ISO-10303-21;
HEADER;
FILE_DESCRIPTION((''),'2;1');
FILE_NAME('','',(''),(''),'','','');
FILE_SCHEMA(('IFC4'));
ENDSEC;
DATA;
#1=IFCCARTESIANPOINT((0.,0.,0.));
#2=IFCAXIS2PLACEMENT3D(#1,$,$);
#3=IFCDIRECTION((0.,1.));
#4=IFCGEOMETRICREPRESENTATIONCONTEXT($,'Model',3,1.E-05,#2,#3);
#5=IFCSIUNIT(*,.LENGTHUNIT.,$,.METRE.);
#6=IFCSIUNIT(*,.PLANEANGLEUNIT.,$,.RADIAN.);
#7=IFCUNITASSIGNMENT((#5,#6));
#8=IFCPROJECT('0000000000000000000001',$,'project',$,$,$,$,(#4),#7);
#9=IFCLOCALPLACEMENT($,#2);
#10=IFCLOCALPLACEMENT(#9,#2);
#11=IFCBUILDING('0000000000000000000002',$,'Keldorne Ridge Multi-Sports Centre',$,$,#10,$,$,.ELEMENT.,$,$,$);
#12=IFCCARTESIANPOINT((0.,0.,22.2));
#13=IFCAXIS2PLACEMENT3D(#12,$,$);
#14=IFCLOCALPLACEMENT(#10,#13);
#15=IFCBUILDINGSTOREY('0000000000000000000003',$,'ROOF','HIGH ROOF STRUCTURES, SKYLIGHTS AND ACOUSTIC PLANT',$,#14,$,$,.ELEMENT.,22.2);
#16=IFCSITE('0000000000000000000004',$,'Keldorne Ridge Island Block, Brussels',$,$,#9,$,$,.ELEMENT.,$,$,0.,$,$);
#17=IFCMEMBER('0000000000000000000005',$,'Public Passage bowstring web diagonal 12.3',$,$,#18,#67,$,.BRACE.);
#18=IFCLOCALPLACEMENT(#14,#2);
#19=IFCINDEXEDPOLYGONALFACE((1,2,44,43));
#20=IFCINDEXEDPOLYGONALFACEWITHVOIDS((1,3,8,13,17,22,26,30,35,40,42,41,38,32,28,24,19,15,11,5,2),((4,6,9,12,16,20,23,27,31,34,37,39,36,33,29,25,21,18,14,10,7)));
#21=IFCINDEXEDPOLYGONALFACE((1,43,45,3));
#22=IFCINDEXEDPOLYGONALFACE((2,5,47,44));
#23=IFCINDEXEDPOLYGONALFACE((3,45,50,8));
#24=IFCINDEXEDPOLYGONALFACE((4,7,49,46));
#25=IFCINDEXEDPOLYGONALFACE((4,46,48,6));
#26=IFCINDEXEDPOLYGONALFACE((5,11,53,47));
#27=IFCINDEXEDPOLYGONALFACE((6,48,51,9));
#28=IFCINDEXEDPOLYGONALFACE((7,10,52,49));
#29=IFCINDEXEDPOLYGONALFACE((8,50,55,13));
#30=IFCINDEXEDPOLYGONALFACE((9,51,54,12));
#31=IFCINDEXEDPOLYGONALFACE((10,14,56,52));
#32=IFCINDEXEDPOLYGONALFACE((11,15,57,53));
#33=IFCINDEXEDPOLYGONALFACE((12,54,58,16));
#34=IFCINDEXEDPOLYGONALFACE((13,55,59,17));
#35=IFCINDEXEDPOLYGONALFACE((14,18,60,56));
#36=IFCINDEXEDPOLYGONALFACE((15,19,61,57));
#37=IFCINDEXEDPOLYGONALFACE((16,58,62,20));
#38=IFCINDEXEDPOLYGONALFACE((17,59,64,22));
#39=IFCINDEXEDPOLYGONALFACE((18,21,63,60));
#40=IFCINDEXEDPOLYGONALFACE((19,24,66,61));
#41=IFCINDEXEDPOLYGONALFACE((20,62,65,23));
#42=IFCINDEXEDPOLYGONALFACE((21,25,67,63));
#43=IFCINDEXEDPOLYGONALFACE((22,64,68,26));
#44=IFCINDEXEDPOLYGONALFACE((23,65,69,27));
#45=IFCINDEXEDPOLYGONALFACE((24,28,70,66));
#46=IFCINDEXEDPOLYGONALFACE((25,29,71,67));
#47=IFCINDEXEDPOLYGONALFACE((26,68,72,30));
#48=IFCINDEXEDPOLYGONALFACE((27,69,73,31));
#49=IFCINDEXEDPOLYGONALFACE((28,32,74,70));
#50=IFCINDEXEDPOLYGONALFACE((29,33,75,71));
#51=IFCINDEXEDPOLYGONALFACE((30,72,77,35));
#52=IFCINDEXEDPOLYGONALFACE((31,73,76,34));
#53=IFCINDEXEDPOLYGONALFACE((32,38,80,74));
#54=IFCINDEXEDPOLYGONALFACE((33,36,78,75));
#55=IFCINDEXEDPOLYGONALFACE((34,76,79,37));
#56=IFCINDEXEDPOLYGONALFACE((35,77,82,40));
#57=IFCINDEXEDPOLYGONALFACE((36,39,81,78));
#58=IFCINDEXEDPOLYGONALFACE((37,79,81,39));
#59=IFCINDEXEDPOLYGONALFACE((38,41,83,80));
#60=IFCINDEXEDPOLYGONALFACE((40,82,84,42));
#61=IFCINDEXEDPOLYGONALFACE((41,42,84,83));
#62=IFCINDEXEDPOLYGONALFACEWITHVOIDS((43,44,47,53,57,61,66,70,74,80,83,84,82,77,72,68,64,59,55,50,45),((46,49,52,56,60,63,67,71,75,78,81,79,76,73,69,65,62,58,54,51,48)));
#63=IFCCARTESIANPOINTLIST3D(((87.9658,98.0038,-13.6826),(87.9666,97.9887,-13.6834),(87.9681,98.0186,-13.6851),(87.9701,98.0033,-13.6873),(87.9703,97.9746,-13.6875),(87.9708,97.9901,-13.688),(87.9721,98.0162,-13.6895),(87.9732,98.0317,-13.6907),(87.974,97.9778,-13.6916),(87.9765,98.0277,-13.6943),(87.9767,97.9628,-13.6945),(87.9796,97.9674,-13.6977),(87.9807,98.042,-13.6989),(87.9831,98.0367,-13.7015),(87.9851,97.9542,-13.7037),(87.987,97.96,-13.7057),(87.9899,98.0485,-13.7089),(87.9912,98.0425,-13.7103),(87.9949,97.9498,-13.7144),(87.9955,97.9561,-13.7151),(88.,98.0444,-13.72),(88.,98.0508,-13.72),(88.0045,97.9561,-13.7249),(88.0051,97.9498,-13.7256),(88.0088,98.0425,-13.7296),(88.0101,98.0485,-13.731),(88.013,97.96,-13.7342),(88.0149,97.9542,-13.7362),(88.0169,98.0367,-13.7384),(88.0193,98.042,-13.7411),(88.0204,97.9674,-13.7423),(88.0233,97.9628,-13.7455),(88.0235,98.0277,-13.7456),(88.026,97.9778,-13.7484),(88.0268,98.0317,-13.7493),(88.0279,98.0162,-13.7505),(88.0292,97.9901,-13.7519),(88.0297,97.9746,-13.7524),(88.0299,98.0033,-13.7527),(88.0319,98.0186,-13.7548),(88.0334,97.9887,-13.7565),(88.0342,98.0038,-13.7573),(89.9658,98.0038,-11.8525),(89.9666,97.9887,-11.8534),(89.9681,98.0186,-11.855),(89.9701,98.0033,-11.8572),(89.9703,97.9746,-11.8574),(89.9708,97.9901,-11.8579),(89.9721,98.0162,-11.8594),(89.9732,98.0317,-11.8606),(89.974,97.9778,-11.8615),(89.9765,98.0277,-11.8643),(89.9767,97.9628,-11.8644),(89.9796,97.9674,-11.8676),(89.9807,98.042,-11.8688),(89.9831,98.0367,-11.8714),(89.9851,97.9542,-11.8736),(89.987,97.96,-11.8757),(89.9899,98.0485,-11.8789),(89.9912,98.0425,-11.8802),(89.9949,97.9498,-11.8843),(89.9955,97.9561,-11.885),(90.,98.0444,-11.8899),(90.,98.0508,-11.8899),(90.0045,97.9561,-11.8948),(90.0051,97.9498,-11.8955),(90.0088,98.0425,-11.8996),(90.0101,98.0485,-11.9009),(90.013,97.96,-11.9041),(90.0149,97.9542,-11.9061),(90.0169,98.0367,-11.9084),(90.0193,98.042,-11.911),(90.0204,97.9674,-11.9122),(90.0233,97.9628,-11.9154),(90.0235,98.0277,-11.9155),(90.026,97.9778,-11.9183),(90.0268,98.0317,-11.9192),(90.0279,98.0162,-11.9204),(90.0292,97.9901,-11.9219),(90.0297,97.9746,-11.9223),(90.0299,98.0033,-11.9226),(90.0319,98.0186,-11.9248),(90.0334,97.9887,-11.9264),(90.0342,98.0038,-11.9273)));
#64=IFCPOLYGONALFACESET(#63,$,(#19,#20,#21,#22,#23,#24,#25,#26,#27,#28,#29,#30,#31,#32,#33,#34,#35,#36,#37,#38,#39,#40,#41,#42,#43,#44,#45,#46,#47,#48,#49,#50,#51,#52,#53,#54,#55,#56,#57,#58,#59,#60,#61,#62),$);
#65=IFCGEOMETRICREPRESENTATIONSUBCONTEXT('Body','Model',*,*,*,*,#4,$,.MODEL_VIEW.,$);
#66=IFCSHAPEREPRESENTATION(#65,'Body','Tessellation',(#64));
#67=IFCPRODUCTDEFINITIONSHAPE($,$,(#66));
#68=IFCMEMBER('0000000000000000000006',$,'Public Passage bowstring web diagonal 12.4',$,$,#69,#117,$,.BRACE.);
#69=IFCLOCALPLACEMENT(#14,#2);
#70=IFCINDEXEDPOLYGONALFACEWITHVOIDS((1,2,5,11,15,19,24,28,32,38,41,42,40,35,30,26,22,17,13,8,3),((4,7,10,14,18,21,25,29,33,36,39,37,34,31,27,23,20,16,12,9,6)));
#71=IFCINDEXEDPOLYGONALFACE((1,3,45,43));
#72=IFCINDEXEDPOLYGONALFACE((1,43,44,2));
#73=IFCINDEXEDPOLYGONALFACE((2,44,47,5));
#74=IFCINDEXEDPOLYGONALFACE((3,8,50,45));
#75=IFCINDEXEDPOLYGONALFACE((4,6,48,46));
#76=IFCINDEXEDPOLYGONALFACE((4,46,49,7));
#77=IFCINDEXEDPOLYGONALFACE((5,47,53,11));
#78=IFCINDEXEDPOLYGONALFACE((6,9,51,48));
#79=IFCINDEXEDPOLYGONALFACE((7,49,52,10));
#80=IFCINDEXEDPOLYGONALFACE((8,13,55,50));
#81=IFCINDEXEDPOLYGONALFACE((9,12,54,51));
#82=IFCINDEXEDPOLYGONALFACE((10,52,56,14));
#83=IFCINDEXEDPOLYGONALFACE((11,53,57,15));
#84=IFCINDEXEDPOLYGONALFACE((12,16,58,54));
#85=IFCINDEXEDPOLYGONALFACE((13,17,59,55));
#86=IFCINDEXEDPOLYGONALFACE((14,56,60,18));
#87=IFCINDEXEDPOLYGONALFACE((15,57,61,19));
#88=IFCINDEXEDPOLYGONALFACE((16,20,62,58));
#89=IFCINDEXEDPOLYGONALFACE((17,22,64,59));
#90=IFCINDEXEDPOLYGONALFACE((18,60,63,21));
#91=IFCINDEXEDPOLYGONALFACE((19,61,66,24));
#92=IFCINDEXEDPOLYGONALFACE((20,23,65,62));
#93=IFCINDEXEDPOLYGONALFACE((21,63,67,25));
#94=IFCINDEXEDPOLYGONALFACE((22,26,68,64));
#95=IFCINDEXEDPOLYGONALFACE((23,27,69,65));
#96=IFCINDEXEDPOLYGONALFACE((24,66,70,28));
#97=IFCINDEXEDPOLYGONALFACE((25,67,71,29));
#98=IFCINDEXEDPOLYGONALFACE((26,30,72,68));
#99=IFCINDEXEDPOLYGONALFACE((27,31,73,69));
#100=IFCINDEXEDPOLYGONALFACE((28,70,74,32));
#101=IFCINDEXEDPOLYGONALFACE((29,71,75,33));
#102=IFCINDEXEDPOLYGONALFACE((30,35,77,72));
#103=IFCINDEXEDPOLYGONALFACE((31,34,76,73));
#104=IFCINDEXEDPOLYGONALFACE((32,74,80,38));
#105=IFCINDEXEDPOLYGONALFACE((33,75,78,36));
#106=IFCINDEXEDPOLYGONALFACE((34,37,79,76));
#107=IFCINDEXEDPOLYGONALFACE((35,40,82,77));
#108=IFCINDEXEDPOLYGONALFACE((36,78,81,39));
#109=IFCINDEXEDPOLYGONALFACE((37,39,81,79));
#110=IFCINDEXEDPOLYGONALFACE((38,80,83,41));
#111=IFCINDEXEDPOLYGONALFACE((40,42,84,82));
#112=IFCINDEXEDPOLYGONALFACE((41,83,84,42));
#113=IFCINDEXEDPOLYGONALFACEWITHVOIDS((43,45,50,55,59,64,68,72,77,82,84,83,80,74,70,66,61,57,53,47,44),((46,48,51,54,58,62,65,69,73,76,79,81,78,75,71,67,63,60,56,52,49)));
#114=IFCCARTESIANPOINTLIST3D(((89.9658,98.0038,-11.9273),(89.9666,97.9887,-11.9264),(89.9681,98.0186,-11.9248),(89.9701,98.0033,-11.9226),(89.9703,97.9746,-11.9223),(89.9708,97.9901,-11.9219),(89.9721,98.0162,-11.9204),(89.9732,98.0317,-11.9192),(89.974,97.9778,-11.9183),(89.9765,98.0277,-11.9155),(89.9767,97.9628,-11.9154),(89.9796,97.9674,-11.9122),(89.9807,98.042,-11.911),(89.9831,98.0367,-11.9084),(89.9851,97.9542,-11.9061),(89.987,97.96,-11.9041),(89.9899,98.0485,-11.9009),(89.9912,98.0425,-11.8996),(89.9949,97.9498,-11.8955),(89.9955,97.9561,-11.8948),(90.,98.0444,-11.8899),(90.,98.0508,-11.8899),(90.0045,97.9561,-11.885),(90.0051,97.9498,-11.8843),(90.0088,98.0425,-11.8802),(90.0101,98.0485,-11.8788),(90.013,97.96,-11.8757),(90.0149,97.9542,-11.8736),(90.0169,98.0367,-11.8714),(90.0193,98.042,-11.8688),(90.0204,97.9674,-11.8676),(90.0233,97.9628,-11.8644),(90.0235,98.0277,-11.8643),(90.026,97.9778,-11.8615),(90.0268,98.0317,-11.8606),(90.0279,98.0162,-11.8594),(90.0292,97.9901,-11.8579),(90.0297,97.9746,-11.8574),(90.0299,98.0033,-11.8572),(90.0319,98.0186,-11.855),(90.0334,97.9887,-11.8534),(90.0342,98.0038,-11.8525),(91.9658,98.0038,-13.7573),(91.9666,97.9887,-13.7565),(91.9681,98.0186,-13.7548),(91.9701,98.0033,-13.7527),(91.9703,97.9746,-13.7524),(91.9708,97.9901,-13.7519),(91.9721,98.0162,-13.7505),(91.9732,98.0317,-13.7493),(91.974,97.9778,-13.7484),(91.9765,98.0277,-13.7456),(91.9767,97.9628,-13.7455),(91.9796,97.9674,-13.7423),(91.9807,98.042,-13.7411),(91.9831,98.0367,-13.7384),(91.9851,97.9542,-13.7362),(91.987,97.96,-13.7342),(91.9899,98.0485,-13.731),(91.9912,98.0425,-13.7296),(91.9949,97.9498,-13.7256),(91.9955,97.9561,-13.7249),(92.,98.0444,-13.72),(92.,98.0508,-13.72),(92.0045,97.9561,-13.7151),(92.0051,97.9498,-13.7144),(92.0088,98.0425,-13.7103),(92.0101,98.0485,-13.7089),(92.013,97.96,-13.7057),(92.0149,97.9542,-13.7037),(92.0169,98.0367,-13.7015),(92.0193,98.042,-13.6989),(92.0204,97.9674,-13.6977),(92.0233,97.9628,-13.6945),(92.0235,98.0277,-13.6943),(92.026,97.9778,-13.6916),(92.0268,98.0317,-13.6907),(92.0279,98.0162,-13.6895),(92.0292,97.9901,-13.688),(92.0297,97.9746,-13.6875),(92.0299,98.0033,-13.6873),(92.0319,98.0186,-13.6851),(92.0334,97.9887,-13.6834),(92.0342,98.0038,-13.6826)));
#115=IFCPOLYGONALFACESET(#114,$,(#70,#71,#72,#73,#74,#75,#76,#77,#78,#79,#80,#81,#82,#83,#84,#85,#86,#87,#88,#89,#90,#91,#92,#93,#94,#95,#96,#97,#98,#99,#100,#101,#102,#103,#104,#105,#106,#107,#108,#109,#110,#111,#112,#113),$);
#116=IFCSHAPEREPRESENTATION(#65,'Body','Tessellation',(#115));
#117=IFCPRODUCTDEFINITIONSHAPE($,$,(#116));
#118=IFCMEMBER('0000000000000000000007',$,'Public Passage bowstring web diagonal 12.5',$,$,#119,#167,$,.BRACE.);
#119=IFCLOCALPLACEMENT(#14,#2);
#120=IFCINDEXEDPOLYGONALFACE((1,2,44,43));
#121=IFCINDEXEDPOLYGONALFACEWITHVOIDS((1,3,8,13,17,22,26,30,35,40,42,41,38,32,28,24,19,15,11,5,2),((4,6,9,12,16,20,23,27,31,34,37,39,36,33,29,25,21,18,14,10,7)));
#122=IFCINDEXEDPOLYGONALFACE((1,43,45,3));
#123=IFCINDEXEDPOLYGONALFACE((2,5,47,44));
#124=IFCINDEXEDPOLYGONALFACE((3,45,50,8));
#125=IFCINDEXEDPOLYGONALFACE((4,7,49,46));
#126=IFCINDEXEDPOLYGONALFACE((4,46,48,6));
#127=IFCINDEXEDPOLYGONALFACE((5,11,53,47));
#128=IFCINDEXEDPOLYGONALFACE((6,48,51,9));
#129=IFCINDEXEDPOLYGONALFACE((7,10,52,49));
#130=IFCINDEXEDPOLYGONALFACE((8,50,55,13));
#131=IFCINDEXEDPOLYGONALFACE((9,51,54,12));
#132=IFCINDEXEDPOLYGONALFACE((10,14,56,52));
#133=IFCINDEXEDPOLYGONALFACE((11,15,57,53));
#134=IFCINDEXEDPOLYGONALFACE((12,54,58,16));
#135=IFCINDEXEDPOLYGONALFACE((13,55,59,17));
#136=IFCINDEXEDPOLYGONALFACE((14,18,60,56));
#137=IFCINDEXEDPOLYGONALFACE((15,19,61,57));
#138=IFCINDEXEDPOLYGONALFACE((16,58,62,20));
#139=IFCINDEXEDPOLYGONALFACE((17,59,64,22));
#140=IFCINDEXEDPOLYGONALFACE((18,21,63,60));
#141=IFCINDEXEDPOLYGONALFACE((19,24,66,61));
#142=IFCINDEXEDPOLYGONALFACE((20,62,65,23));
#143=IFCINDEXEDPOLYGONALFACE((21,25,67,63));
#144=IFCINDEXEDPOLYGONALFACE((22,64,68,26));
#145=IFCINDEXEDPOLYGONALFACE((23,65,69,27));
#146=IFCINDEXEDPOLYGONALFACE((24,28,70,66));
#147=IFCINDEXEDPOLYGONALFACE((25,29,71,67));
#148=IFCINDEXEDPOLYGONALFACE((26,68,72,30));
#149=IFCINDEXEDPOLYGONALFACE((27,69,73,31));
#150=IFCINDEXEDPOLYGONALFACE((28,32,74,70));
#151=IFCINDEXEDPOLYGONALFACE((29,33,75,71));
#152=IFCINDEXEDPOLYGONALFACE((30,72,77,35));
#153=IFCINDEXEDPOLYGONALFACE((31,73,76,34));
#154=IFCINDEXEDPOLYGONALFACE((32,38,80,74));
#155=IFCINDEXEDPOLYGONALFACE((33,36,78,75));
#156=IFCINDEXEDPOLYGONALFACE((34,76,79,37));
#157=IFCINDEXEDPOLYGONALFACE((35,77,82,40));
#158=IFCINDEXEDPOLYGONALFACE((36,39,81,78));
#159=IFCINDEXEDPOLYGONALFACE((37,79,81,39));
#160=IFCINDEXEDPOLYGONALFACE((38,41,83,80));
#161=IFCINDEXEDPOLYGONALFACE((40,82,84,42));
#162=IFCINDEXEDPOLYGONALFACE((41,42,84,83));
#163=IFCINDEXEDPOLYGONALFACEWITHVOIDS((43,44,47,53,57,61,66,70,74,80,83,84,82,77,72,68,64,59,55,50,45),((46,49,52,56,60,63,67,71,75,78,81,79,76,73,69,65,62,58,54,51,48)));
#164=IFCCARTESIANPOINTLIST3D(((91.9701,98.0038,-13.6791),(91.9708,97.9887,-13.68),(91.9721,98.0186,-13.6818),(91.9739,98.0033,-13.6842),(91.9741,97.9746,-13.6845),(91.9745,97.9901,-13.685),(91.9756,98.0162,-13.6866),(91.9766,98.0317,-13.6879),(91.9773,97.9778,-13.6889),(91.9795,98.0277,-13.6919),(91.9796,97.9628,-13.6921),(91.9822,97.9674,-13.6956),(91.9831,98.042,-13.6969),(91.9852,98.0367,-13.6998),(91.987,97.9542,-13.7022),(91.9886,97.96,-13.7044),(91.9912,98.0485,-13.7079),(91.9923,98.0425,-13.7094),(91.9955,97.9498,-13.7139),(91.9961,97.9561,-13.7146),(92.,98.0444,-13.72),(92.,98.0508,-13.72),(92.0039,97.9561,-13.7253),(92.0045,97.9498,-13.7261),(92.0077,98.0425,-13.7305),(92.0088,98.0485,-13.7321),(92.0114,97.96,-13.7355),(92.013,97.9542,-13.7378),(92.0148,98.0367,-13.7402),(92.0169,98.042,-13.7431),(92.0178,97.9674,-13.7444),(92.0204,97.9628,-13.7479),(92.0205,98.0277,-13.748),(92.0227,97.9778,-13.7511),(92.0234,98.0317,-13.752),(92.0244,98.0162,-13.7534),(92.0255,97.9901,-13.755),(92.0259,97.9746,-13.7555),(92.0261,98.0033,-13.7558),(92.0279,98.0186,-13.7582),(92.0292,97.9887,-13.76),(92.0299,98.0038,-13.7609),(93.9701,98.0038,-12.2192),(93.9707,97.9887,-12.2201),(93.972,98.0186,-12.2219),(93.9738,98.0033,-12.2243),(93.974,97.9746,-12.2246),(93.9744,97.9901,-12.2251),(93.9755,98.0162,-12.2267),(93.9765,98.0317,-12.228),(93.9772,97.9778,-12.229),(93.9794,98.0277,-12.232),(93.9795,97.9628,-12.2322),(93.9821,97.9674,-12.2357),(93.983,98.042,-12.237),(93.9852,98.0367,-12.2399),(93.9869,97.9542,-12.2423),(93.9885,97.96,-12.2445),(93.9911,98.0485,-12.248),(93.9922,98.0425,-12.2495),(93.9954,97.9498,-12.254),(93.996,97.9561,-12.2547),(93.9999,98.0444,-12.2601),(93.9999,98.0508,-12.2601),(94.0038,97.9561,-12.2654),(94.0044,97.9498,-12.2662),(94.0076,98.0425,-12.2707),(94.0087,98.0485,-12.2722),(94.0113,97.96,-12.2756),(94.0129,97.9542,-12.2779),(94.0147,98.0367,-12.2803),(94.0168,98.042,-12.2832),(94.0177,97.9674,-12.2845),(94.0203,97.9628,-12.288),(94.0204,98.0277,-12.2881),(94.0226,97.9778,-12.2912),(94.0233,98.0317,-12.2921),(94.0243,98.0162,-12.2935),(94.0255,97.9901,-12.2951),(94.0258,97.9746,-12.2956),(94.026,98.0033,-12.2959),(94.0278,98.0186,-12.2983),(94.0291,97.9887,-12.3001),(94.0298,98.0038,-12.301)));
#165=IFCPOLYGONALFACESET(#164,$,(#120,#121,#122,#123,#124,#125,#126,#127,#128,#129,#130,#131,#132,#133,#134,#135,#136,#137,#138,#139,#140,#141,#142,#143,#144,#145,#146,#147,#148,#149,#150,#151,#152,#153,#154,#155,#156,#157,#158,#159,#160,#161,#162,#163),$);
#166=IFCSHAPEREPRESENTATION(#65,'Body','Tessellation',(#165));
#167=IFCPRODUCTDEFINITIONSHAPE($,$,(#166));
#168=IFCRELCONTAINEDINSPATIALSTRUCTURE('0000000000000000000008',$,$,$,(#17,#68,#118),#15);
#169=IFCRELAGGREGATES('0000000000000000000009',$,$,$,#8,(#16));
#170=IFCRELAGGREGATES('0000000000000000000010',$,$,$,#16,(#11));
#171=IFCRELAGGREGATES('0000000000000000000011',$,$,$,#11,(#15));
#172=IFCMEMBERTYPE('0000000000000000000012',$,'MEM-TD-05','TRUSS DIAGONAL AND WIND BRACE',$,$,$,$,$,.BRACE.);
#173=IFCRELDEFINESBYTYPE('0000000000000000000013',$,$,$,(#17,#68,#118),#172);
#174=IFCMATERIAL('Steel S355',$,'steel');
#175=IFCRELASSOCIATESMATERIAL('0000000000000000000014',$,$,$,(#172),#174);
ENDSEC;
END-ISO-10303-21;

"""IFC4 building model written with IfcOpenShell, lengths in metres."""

from ifc_helpers import new_model, si_unit, direction, frame, origin, origin_2d, place, context, subcontext, project, spatial, hollow_circle, extrude, material, material_profile, profile_set, type_object, element, save


model = new_model("IFC4")

# Units and contexts
model_context = context("Model", 3, precision=1e-05, world=origin(), true_north=direction((0.0, 1.0)))
body_context = subcontext(model_context, "Body", "Model", "MODEL_VIEW")
ifc_project = project(units=[si_unit("LENGTHUNIT", "METRE"), si_unit("PLANEANGLEUNIT", "RADIAN")], contexts=[model_context])

# Site, building, storey
site_placement = place(None, origin())
site = spatial("IfcSite", under=ifc_project, at=site_placement, Name="Keldorne Ridge Island Block, Brussels", CompositionType="ELEMENT", RefElevation=0.0)
building_placement = place(site_placement, origin())
building = spatial("IfcBuilding", under=site, at=building_placement, Name="Keldorne Ridge Multi-Sports Centre", CompositionType="ELEMENT")
storey_placement = place(building_placement, frame((0.0, 0.0, 22.2)))
storey = spatial("IfcBuildingStorey", under=building, at=storey_placement, Name="ROOF", Description="HIGH ROOF STRUCTURES, SKYLIGHTS AND ACOUSTIC PLANT", CompositionType="ELEMENT", Elevation=22.2)

# Members
ifc_material = material(Name="Steel S355", Category="steel")
ifc_material_profile_1 = material_profile(ifc_material, hollow_circle(Radius=0.0508, WallThickness=0.0063, at=origin_2d()), Name="CHS 101.6x6.3")
ifc_profile_set_1 = profile_set([ifc_material_profile_1], Name="Steel S355")
member_type_1 = type_object("IfcMemberType", Name="MEM-TD-05", Description="TRUSS DIAGONAL AND WIND BRACE", PredefinedType="BRACE", material=ifc_profile_set_1)
for number, where, z_axis, x_axis, name in (
    (1, (88.0, 98.0, -13.72), (0.737752, 0.0, 0.675072), (0.0, 1.0, 0.0), "Public Passage bowstring web diagonal 12.3"),
    (2, (90.0, 98.0, -11.8899), (0.737752, 0.0, -0.675072), (0.0, 1.0, 0.0), "Public Passage bowstring web diagonal 12.4"),
):
    element("IfcMember", number, at=place(storey_placement, frame(where, z_axis=z_axis, x_axis=x_axis)), inside=storey, type_object=member_type_1, Name=name, PredefinedType="BRACE", context=body_context, shape_type="SweptSolid", body=[
        extrude(hollow_circle(Radius=0.0508, WallThickness=0.0063, at=origin_2d()), origin(), (0.0, 0.0, 1.0), 2.7109),
    ])
for number, where, z_axis, x_axis, name in (
    (3, (92.0, 98.0, -13.72), (0.807695, 0.0, 0.589601), (0.0, 1.0, 0.0), "Public Passage bowstring web diagonal 12.5"),
):
    element("IfcMember", number, at=place(storey_placement, frame(where, z_axis=z_axis, x_axis=x_axis)), inside=storey, type_object=member_type_1, Name=name, PredefinedType="BRACE", context=body_context, shape_type="SweptSolid", body=[
        extrude(hollow_circle(Radius=0.0508, WallThickness=0.0063, at=origin_2d()), origin(), (0.0, 0.0, 1.0), 2.4761),
    ])

save(model, "model.ifc")
